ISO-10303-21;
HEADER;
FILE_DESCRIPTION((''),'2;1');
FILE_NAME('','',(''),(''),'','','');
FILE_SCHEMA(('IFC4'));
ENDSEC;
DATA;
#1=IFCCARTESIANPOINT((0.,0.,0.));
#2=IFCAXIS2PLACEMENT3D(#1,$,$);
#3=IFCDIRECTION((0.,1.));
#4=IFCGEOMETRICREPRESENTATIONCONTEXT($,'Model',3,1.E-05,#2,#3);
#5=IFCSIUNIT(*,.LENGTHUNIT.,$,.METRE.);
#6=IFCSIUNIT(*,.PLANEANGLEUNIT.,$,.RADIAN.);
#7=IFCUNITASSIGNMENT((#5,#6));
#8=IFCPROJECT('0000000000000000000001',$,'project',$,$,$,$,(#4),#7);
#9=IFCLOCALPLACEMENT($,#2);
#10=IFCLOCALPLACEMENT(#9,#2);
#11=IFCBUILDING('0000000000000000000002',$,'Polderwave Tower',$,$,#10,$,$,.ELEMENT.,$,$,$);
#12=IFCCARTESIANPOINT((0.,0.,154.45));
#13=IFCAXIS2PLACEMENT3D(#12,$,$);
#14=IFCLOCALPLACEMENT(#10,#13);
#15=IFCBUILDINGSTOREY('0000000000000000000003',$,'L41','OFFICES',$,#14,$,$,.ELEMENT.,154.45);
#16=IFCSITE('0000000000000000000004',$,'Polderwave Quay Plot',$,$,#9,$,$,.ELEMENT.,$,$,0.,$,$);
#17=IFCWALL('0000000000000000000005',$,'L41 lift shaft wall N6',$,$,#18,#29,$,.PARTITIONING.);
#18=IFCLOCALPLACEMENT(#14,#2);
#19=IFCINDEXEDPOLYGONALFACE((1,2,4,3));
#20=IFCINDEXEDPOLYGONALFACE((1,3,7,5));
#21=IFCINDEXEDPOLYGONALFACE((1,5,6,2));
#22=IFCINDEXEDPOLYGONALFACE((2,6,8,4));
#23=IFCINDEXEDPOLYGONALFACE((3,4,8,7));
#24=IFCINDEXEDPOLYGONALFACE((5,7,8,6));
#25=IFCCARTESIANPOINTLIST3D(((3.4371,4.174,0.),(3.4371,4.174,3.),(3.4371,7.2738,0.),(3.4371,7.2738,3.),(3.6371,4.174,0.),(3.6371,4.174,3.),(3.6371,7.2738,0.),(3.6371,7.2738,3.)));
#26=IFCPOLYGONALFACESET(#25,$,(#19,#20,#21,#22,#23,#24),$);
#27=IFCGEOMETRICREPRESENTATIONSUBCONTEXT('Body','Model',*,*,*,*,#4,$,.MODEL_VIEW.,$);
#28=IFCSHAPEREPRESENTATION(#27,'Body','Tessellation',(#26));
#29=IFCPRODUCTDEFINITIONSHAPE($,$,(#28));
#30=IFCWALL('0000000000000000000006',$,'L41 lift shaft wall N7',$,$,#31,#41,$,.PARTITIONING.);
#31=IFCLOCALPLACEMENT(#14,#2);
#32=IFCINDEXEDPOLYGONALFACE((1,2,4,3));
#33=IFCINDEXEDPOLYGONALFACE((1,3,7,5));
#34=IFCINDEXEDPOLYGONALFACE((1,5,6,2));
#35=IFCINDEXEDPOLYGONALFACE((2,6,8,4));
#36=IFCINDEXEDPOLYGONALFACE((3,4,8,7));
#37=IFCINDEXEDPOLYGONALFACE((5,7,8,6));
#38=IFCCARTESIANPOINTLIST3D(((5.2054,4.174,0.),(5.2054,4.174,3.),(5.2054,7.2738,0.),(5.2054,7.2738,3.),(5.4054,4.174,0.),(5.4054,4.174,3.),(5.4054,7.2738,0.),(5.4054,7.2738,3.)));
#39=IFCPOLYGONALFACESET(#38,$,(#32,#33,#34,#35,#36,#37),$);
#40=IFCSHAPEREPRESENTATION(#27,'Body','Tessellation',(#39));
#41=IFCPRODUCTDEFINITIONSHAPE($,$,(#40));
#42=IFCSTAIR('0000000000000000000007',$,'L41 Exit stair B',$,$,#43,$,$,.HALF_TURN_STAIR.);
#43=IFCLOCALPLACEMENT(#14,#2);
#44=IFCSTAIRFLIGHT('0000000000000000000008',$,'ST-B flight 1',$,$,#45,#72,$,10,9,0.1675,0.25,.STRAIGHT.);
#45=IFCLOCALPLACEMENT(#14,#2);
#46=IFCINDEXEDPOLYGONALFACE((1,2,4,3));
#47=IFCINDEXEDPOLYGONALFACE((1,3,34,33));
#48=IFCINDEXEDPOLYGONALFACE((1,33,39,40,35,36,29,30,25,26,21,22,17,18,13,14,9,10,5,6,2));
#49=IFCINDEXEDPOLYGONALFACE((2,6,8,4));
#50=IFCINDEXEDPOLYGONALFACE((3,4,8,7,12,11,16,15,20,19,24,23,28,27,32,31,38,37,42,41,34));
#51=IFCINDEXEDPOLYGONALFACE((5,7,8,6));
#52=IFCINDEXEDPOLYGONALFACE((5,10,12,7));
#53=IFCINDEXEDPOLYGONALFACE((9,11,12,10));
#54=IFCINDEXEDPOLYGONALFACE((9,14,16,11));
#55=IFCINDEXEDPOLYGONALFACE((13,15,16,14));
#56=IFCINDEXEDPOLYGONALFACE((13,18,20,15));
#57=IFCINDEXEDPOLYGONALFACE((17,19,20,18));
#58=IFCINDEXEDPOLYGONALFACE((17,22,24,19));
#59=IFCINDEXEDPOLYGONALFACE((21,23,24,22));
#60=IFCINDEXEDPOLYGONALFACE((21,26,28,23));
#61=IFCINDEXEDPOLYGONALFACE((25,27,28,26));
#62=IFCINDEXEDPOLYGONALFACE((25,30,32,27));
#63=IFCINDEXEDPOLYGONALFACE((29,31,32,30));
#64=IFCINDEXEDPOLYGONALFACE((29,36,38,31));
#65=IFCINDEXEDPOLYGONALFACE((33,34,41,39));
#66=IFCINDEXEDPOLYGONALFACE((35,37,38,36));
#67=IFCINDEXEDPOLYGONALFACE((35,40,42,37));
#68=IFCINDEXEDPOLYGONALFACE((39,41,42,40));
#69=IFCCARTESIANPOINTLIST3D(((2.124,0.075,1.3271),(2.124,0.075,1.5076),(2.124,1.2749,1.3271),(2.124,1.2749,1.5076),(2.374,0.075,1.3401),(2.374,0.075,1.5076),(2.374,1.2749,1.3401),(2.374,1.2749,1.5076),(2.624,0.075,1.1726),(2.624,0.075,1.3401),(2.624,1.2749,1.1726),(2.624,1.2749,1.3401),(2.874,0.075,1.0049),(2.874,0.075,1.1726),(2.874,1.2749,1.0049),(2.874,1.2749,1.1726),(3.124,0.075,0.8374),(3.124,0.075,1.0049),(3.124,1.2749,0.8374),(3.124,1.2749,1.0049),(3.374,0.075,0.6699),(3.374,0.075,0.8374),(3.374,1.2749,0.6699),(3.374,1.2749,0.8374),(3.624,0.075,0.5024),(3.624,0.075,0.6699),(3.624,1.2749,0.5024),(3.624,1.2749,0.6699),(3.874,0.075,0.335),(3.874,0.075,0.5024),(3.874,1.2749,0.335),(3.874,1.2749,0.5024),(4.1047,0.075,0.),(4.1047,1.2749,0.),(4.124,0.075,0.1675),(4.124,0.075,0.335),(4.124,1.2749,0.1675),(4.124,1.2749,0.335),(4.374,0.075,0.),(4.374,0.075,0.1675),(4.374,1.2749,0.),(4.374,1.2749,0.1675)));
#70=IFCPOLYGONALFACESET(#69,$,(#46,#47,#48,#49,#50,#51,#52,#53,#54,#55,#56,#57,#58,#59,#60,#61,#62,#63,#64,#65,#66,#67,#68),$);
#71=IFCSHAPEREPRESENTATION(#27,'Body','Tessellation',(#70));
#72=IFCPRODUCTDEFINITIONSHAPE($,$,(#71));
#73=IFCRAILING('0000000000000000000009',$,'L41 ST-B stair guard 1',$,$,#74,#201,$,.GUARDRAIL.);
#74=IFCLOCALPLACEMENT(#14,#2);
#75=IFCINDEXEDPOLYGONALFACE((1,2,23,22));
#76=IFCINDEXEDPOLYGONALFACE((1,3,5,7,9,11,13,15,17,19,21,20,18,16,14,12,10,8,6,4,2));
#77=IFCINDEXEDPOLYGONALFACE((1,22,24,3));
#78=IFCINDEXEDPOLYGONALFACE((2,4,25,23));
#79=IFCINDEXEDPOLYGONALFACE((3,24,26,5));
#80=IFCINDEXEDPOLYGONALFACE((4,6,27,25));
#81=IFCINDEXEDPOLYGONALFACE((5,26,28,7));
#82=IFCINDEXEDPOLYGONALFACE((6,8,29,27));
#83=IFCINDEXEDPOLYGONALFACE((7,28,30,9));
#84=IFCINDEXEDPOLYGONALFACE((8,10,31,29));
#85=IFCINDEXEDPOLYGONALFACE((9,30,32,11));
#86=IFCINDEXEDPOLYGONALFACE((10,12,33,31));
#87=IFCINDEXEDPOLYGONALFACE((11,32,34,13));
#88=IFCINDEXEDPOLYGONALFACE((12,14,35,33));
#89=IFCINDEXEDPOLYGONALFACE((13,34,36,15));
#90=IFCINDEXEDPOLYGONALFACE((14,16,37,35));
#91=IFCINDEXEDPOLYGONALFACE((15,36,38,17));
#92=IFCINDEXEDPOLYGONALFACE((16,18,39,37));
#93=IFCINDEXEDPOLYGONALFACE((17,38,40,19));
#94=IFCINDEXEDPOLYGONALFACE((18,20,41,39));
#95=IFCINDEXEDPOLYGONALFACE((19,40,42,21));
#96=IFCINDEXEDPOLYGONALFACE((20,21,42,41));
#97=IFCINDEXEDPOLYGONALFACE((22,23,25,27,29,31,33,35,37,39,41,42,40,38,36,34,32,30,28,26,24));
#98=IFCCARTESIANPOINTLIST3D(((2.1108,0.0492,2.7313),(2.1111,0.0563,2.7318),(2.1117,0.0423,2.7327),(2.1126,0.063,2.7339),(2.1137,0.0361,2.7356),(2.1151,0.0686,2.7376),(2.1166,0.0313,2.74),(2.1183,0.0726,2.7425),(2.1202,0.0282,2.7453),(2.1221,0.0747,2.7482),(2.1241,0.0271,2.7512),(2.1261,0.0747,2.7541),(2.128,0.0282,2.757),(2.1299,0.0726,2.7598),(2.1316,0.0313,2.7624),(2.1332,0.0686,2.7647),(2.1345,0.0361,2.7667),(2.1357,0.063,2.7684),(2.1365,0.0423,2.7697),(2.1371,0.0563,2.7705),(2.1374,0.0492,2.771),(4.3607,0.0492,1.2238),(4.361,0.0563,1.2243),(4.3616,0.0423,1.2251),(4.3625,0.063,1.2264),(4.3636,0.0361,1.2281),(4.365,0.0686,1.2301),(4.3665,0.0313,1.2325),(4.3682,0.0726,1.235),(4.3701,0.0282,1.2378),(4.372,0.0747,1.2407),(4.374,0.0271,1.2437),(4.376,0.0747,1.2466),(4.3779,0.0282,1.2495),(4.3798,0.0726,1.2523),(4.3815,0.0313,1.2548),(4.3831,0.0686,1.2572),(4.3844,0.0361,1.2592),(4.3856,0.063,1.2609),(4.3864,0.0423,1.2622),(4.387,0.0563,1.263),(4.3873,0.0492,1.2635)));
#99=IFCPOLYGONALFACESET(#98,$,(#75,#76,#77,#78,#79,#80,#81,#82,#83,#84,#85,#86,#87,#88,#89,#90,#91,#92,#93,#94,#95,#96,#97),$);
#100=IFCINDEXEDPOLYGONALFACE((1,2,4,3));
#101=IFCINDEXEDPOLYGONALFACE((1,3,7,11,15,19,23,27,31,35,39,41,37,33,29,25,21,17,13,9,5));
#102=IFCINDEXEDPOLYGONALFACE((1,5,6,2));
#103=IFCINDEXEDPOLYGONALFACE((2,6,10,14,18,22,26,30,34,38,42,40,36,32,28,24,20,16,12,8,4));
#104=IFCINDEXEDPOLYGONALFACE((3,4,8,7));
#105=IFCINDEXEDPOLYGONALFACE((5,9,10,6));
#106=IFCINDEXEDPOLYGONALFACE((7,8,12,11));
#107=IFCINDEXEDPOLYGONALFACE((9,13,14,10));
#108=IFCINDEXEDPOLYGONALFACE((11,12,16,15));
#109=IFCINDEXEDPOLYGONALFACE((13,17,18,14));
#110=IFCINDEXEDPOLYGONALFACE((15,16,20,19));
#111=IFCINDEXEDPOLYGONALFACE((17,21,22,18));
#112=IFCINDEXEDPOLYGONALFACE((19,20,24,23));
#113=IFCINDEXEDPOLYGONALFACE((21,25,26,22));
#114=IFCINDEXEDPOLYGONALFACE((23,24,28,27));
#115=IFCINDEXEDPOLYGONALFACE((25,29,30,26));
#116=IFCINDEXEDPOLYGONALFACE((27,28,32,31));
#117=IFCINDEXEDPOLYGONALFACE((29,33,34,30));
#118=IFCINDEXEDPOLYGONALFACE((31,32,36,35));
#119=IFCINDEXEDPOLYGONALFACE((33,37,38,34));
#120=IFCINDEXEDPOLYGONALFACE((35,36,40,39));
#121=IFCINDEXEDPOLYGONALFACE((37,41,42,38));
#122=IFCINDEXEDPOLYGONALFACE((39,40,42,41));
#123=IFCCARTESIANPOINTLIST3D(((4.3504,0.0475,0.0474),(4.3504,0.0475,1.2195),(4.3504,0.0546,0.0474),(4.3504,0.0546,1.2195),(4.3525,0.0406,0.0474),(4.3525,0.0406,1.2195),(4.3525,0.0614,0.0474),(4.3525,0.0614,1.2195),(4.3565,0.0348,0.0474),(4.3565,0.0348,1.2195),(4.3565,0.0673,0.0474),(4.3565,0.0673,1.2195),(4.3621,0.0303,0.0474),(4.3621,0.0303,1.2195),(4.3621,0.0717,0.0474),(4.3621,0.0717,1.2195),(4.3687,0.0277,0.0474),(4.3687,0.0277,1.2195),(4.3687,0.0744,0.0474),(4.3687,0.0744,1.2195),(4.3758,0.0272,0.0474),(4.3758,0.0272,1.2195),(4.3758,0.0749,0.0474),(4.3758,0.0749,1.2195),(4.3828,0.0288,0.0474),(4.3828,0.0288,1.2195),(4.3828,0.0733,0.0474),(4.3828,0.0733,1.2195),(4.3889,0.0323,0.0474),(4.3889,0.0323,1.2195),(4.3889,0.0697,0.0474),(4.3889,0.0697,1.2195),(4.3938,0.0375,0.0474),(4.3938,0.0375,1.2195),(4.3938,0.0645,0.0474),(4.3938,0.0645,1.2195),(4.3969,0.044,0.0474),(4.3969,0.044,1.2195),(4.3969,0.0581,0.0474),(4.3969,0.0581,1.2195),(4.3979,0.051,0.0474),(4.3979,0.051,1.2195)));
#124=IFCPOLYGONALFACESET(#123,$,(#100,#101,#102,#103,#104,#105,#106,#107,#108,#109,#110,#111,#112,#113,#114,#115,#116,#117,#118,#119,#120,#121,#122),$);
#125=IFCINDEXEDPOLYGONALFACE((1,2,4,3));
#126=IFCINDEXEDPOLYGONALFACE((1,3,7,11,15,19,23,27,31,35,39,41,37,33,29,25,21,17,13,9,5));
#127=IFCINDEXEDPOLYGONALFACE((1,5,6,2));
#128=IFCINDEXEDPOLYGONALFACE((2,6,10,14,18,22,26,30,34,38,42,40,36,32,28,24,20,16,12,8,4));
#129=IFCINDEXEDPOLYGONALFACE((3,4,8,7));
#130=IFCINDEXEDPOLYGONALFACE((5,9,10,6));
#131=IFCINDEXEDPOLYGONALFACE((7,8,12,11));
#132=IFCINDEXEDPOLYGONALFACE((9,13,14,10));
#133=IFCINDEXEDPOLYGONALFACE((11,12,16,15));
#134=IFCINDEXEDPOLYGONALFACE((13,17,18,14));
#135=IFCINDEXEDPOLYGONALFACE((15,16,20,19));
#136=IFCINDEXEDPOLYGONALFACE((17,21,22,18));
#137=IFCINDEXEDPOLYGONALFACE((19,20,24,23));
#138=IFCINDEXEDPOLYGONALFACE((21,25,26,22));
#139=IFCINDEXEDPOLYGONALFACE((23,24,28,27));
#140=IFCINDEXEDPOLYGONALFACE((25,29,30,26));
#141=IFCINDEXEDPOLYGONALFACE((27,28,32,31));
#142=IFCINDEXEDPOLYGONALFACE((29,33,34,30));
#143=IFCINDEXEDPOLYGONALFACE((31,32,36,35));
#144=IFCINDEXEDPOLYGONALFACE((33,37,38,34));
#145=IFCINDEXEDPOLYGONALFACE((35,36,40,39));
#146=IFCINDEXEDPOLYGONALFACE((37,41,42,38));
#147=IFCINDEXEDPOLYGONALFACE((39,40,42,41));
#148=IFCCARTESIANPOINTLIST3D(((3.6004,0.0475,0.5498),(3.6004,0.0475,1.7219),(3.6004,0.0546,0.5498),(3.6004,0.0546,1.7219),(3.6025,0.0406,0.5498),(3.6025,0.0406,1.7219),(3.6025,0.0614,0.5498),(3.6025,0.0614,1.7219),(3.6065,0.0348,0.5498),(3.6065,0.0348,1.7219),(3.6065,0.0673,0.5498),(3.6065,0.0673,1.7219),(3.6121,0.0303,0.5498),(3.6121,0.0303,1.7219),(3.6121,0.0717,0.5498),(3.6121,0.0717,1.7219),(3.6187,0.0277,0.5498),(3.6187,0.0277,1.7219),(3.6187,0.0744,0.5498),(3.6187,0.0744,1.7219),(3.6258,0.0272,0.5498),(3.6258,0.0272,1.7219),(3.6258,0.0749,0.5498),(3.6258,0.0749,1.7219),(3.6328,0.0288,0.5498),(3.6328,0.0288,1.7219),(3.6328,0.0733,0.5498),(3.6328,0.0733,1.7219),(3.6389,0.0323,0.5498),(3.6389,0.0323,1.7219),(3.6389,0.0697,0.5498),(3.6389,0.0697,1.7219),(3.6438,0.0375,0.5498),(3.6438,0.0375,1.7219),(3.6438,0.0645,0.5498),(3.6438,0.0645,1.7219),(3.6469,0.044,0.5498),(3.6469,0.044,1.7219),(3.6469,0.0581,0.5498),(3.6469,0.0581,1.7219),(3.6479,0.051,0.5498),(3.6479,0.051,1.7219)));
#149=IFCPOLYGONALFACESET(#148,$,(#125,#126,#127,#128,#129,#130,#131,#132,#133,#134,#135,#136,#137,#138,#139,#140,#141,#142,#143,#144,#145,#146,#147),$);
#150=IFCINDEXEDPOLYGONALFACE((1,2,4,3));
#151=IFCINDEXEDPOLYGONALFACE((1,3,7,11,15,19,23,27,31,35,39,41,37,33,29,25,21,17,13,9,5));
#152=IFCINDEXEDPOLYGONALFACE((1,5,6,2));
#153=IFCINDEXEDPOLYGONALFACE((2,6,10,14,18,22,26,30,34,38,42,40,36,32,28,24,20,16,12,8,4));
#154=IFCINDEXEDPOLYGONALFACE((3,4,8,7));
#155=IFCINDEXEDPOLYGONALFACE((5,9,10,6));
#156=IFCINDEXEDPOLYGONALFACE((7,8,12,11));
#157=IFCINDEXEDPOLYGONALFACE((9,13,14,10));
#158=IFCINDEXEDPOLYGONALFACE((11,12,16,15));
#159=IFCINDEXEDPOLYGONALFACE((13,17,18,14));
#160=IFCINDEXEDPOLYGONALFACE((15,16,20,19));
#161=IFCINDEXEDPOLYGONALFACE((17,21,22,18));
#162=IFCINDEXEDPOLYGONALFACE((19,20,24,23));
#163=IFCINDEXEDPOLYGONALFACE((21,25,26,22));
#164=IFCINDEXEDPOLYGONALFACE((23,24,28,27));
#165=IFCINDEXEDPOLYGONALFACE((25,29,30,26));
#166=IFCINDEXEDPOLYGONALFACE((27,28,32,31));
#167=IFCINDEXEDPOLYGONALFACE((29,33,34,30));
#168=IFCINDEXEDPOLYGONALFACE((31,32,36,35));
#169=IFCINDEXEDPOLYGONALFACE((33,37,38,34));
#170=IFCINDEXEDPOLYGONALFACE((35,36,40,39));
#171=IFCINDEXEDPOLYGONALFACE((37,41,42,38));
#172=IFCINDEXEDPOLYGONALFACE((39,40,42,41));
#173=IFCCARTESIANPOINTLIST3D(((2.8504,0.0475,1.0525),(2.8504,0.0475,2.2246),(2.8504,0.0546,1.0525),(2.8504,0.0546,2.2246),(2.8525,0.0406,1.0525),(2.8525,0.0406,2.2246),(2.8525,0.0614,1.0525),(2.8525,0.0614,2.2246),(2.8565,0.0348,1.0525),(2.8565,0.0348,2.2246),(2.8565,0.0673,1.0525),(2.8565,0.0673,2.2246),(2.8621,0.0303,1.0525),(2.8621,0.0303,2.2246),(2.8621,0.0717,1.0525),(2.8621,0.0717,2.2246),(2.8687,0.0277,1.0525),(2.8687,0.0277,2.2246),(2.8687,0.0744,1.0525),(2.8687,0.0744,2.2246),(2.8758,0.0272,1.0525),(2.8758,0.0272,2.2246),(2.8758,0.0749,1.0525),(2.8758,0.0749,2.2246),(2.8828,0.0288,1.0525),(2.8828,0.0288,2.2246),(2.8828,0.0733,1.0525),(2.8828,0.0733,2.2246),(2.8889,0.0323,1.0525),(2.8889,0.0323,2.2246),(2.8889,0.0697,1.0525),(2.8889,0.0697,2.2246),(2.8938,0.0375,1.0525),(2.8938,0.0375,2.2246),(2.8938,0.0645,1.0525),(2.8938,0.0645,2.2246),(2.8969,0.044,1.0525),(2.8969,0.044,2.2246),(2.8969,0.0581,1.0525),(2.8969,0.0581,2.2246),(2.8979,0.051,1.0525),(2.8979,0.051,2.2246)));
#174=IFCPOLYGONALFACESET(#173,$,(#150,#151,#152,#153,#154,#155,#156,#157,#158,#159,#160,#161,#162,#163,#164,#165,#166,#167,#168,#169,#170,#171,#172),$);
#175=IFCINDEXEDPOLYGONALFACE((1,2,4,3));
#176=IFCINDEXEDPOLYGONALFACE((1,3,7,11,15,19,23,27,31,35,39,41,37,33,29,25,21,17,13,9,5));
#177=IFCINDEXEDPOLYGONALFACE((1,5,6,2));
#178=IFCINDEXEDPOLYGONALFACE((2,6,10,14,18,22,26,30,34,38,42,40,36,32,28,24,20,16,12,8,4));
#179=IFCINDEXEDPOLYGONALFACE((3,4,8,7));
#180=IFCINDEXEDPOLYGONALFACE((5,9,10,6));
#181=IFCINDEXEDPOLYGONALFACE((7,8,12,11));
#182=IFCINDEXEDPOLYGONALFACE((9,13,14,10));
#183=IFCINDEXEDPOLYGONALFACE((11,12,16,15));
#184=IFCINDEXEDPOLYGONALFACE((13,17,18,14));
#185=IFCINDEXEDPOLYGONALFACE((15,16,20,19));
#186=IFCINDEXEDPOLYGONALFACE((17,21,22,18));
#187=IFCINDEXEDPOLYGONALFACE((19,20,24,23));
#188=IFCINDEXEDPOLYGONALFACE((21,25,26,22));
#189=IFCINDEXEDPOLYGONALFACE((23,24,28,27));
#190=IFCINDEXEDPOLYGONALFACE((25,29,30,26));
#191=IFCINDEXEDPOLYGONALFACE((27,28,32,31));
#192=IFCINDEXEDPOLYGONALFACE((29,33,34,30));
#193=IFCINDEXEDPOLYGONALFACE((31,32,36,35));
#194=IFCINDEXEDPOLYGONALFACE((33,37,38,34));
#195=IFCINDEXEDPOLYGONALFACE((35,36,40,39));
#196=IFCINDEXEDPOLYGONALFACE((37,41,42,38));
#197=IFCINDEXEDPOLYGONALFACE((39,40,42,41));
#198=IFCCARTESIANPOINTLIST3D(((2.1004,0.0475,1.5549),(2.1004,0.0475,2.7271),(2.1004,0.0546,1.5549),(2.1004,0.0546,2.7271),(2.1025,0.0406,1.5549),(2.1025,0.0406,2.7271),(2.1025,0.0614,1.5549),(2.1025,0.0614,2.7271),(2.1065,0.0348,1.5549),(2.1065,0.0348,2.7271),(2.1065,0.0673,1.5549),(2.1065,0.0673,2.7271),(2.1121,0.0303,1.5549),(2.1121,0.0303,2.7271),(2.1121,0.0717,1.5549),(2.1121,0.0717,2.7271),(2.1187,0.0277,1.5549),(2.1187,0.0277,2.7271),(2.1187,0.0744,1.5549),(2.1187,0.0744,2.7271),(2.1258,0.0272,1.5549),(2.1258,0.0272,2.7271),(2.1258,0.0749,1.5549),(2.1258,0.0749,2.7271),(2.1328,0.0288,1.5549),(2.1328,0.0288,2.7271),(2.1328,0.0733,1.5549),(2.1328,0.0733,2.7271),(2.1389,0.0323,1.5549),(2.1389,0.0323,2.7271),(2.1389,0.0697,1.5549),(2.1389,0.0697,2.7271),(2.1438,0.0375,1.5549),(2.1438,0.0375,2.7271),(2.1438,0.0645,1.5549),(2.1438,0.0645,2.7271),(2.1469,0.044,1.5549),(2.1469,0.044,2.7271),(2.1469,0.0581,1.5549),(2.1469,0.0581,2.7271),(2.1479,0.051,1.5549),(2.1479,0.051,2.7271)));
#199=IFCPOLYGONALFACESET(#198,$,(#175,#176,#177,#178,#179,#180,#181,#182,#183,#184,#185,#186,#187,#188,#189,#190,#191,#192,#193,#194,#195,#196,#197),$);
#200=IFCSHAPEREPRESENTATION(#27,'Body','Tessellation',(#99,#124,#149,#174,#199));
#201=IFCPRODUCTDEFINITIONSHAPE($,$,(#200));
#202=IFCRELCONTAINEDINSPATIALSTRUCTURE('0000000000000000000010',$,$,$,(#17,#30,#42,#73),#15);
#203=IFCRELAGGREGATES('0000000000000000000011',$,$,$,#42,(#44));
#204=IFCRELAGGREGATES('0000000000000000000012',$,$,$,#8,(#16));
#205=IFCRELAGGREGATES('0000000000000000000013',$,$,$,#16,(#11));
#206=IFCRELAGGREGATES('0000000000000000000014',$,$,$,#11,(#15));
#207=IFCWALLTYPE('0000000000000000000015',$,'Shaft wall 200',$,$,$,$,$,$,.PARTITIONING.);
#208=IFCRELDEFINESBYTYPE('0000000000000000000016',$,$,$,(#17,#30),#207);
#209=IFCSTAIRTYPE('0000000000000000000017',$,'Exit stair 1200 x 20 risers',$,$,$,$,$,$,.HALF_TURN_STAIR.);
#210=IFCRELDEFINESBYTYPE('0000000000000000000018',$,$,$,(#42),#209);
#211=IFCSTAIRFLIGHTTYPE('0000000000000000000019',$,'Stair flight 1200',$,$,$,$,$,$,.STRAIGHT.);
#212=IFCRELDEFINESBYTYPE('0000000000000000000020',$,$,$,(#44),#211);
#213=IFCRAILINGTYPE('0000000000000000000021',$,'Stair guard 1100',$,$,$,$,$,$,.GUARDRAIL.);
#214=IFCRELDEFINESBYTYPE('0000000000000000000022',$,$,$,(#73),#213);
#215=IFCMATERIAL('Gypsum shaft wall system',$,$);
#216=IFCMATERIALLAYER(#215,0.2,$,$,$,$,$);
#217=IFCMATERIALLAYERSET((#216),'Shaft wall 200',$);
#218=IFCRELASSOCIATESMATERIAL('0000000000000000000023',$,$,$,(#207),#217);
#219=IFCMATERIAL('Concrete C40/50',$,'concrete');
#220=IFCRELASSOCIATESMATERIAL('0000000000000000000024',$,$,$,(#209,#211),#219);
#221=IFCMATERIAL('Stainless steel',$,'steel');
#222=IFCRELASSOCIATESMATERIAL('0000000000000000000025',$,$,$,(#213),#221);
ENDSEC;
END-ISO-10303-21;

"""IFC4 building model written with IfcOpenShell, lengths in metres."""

from ifc_helpers import new_model, si_unit, direction, frame, frame_2d, origin, origin_2d, place, context, subcontext, project, spatial, polyline, rectangle, circle, outline, extrude, material, layer, layer_set, type_object, element, aggregate, save


model = new_model("IFC4")

# Units and contexts
model_context = context("Model", 3, precision=1e-05, world=origin(), true_north=direction((0.0, 1.0)))
body_context = subcontext(model_context, "Body", "Model", "MODEL_VIEW")
ifc_project = project(units=[si_unit("LENGTHUNIT", "METRE"), si_unit("PLANEANGLEUNIT", "RADIAN")], contexts=[model_context])

# Site, building, storey
site_placement = place(None, origin())
site = spatial("IfcSite", under=ifc_project, at=site_placement, Name="Polderwave Quay Plot", CompositionType="ELEMENT", RefElevation=0.0)
building_placement = place(site_placement, origin())
building = spatial("IfcBuilding", under=site, at=building_placement, Name="Polderwave Tower", CompositionType="ELEMENT")
storey_placement = place(building_placement, frame((0.0, 0.0, 154.45)))
storey = spatial("IfcBuildingStorey", under=building, at=storey_placement, Name="L41", Description="OFFICES", CompositionType="ELEMENT", Elevation=154.45)

# Shared definitions
ifc_material_1 = material(Name="Stainless steel", Category="steel")

# Walls
ifc_material_2 = material(Name="Gypsum shaft wall system")
ifc_layer_1 = layer(ifc_material_2, 0.2)
ifc_layer_set_1 = layer_set([ifc_layer_1], Name="Shaft wall 200")
wall_type_1 = type_object("IfcWallType", Name="Shaft wall 200", PredefinedType="PARTITIONING", material=ifc_layer_set_1)
for number, where, z_axis, x_axis, name in (
    (1, (3.5371, 4.1741, 0.0), (0.0, 0.0, 1.0), (0.0, 1.0, 0.0), "L41 lift shaft wall N6"),
    (2, (5.3054, 4.1741, 0.0), (0.0, 0.0, 1.0), (0.0, 1.0, 0.0), "L41 lift shaft wall N7"),
):
    element("IfcWall", number, at=place(storey_placement, frame(where, z_axis=z_axis, x_axis=x_axis)), inside=storey, type_object=wall_type_1, Name=name, PredefinedType="PARTITIONING", context=body_context, shape_type="SweptSolid", body=[
        extrude(rectangle(XDim=3.0999, YDim=0.2, at=frame_2d((1.5498, 0.0))), origin(), (0.0, 0.0, 1.0), 3.0),
    ])

# Stair, stair flight
ifc_material_3 = material(Name="Concrete C40/50", Category="concrete")
stair_type = type_object("IfcStairType", Name="Exit stair 1200 x 20 risers", PredefinedType="HALF_TURN_STAIR", material=ifc_material_3)
stair_placement = place(storey_placement, origin())
stair = element("IfcStair", 3, at=stair_placement, inside=storey, type_object=stair_type, Name="L41 Exit stair B", PredefinedType="HALF_TURN_STAIR")
stair_flight_type = type_object("IfcStairFlightType", Name="Stair flight 1200", PredefinedType="STRAIGHT", material=ifc_material_3)
stair_flight_placement = place(storey_placement, frame((4.374, 0.675, 0.0), z_axis=(0.0, 0.0, 1.0), x_axis=(-1.0, 0.0, 0.0)))
stair_flight = element("IfcStairFlight", 4, at=stair_flight_placement, type_object=stair_flight_type, Name="ST-B flight 1", NumberOfRisers=10, NumberOfTreads=9, PredefinedType="STRAIGHT", RiserHeight=0.1675, TreadLength=0.25, context=body_context, shape_type="SweptSolid", body=[
    extrude(outline(polyline([(0.0, 0.0), (0.0, 0.1675), (0.25, 0.1675), (0.25, 0.335), (0.5, 0.335), (0.5, 0.5024), (0.75, 0.5024), (0.75, 0.6699), (1.0, 0.6699), (1.0, 0.8374), (1.25, 0.8374), (1.25, 1.0049), (1.5, 1.0049), (1.5, 1.1726), (1.75, 1.1726), (1.75, 1.3401), (2.0, 1.3401), (2.0, 1.5076), (2.25, 1.5076), (2.25, 1.675), (2.25, 1.3271), (0.2693, 0.0), (0.0, 0.0)])), frame((0.0, 0.6001, 0.0), z_axis=(0.0, -1.0, 0.0), x_axis=(1.0, 0.0, 0.0)), (0.0, 0.0, 1.0), 1.2),
])
aggregate(stair, [stair_flight])

# Railing
railing_type_1 = type_object("IfcRailingType", Name="Stair guard 1100", PredefinedType="GUARDRAIL", material=ifc_material_1)
railing_1_placement = place(storey_placement, frame((4.374, 0.051, 0.0474)))
element("IfcRailing", 5, at=railing_1_placement, inside=storey, type_object=railing_type_1, Name="L41 ST-B stair guard 1", PredefinedType="GUARDRAIL", context=body_context, shape_type="SweptSolid", body=[
    extrude(circle(Radius=0.0239, at=origin_2d()), frame((0.0, 0.0, 1.1963), z_axis=(-0.830758, 0.0, 0.556633), x_axis=(0.0, -1.0, 0.0)), (0.0, 0.0, 1.0), 2.7083),
    extrude(circle(Radius=0.0239, at=origin_2d()), origin(), (0.0, 0.0, 1.0), 1.1721),
    extrude(circle(Radius=0.0239, at=origin_2d()), frame((-0.75, 0.0, 0.5024)), (0.0, 0.0, 1.0), 1.1721),
    extrude(circle(Radius=0.0239, at=origin_2d()), frame((-1.5, 0.0, 1.0051)), (0.0, 0.0, 1.0), 1.1721),
    extrude(circle(Radius=0.0239, at=origin_2d()), frame((-2.25, 0.0, 1.5076)), (0.0, 0.0, 1.0), 1.1721),
])

save(model, "model.ifc")
